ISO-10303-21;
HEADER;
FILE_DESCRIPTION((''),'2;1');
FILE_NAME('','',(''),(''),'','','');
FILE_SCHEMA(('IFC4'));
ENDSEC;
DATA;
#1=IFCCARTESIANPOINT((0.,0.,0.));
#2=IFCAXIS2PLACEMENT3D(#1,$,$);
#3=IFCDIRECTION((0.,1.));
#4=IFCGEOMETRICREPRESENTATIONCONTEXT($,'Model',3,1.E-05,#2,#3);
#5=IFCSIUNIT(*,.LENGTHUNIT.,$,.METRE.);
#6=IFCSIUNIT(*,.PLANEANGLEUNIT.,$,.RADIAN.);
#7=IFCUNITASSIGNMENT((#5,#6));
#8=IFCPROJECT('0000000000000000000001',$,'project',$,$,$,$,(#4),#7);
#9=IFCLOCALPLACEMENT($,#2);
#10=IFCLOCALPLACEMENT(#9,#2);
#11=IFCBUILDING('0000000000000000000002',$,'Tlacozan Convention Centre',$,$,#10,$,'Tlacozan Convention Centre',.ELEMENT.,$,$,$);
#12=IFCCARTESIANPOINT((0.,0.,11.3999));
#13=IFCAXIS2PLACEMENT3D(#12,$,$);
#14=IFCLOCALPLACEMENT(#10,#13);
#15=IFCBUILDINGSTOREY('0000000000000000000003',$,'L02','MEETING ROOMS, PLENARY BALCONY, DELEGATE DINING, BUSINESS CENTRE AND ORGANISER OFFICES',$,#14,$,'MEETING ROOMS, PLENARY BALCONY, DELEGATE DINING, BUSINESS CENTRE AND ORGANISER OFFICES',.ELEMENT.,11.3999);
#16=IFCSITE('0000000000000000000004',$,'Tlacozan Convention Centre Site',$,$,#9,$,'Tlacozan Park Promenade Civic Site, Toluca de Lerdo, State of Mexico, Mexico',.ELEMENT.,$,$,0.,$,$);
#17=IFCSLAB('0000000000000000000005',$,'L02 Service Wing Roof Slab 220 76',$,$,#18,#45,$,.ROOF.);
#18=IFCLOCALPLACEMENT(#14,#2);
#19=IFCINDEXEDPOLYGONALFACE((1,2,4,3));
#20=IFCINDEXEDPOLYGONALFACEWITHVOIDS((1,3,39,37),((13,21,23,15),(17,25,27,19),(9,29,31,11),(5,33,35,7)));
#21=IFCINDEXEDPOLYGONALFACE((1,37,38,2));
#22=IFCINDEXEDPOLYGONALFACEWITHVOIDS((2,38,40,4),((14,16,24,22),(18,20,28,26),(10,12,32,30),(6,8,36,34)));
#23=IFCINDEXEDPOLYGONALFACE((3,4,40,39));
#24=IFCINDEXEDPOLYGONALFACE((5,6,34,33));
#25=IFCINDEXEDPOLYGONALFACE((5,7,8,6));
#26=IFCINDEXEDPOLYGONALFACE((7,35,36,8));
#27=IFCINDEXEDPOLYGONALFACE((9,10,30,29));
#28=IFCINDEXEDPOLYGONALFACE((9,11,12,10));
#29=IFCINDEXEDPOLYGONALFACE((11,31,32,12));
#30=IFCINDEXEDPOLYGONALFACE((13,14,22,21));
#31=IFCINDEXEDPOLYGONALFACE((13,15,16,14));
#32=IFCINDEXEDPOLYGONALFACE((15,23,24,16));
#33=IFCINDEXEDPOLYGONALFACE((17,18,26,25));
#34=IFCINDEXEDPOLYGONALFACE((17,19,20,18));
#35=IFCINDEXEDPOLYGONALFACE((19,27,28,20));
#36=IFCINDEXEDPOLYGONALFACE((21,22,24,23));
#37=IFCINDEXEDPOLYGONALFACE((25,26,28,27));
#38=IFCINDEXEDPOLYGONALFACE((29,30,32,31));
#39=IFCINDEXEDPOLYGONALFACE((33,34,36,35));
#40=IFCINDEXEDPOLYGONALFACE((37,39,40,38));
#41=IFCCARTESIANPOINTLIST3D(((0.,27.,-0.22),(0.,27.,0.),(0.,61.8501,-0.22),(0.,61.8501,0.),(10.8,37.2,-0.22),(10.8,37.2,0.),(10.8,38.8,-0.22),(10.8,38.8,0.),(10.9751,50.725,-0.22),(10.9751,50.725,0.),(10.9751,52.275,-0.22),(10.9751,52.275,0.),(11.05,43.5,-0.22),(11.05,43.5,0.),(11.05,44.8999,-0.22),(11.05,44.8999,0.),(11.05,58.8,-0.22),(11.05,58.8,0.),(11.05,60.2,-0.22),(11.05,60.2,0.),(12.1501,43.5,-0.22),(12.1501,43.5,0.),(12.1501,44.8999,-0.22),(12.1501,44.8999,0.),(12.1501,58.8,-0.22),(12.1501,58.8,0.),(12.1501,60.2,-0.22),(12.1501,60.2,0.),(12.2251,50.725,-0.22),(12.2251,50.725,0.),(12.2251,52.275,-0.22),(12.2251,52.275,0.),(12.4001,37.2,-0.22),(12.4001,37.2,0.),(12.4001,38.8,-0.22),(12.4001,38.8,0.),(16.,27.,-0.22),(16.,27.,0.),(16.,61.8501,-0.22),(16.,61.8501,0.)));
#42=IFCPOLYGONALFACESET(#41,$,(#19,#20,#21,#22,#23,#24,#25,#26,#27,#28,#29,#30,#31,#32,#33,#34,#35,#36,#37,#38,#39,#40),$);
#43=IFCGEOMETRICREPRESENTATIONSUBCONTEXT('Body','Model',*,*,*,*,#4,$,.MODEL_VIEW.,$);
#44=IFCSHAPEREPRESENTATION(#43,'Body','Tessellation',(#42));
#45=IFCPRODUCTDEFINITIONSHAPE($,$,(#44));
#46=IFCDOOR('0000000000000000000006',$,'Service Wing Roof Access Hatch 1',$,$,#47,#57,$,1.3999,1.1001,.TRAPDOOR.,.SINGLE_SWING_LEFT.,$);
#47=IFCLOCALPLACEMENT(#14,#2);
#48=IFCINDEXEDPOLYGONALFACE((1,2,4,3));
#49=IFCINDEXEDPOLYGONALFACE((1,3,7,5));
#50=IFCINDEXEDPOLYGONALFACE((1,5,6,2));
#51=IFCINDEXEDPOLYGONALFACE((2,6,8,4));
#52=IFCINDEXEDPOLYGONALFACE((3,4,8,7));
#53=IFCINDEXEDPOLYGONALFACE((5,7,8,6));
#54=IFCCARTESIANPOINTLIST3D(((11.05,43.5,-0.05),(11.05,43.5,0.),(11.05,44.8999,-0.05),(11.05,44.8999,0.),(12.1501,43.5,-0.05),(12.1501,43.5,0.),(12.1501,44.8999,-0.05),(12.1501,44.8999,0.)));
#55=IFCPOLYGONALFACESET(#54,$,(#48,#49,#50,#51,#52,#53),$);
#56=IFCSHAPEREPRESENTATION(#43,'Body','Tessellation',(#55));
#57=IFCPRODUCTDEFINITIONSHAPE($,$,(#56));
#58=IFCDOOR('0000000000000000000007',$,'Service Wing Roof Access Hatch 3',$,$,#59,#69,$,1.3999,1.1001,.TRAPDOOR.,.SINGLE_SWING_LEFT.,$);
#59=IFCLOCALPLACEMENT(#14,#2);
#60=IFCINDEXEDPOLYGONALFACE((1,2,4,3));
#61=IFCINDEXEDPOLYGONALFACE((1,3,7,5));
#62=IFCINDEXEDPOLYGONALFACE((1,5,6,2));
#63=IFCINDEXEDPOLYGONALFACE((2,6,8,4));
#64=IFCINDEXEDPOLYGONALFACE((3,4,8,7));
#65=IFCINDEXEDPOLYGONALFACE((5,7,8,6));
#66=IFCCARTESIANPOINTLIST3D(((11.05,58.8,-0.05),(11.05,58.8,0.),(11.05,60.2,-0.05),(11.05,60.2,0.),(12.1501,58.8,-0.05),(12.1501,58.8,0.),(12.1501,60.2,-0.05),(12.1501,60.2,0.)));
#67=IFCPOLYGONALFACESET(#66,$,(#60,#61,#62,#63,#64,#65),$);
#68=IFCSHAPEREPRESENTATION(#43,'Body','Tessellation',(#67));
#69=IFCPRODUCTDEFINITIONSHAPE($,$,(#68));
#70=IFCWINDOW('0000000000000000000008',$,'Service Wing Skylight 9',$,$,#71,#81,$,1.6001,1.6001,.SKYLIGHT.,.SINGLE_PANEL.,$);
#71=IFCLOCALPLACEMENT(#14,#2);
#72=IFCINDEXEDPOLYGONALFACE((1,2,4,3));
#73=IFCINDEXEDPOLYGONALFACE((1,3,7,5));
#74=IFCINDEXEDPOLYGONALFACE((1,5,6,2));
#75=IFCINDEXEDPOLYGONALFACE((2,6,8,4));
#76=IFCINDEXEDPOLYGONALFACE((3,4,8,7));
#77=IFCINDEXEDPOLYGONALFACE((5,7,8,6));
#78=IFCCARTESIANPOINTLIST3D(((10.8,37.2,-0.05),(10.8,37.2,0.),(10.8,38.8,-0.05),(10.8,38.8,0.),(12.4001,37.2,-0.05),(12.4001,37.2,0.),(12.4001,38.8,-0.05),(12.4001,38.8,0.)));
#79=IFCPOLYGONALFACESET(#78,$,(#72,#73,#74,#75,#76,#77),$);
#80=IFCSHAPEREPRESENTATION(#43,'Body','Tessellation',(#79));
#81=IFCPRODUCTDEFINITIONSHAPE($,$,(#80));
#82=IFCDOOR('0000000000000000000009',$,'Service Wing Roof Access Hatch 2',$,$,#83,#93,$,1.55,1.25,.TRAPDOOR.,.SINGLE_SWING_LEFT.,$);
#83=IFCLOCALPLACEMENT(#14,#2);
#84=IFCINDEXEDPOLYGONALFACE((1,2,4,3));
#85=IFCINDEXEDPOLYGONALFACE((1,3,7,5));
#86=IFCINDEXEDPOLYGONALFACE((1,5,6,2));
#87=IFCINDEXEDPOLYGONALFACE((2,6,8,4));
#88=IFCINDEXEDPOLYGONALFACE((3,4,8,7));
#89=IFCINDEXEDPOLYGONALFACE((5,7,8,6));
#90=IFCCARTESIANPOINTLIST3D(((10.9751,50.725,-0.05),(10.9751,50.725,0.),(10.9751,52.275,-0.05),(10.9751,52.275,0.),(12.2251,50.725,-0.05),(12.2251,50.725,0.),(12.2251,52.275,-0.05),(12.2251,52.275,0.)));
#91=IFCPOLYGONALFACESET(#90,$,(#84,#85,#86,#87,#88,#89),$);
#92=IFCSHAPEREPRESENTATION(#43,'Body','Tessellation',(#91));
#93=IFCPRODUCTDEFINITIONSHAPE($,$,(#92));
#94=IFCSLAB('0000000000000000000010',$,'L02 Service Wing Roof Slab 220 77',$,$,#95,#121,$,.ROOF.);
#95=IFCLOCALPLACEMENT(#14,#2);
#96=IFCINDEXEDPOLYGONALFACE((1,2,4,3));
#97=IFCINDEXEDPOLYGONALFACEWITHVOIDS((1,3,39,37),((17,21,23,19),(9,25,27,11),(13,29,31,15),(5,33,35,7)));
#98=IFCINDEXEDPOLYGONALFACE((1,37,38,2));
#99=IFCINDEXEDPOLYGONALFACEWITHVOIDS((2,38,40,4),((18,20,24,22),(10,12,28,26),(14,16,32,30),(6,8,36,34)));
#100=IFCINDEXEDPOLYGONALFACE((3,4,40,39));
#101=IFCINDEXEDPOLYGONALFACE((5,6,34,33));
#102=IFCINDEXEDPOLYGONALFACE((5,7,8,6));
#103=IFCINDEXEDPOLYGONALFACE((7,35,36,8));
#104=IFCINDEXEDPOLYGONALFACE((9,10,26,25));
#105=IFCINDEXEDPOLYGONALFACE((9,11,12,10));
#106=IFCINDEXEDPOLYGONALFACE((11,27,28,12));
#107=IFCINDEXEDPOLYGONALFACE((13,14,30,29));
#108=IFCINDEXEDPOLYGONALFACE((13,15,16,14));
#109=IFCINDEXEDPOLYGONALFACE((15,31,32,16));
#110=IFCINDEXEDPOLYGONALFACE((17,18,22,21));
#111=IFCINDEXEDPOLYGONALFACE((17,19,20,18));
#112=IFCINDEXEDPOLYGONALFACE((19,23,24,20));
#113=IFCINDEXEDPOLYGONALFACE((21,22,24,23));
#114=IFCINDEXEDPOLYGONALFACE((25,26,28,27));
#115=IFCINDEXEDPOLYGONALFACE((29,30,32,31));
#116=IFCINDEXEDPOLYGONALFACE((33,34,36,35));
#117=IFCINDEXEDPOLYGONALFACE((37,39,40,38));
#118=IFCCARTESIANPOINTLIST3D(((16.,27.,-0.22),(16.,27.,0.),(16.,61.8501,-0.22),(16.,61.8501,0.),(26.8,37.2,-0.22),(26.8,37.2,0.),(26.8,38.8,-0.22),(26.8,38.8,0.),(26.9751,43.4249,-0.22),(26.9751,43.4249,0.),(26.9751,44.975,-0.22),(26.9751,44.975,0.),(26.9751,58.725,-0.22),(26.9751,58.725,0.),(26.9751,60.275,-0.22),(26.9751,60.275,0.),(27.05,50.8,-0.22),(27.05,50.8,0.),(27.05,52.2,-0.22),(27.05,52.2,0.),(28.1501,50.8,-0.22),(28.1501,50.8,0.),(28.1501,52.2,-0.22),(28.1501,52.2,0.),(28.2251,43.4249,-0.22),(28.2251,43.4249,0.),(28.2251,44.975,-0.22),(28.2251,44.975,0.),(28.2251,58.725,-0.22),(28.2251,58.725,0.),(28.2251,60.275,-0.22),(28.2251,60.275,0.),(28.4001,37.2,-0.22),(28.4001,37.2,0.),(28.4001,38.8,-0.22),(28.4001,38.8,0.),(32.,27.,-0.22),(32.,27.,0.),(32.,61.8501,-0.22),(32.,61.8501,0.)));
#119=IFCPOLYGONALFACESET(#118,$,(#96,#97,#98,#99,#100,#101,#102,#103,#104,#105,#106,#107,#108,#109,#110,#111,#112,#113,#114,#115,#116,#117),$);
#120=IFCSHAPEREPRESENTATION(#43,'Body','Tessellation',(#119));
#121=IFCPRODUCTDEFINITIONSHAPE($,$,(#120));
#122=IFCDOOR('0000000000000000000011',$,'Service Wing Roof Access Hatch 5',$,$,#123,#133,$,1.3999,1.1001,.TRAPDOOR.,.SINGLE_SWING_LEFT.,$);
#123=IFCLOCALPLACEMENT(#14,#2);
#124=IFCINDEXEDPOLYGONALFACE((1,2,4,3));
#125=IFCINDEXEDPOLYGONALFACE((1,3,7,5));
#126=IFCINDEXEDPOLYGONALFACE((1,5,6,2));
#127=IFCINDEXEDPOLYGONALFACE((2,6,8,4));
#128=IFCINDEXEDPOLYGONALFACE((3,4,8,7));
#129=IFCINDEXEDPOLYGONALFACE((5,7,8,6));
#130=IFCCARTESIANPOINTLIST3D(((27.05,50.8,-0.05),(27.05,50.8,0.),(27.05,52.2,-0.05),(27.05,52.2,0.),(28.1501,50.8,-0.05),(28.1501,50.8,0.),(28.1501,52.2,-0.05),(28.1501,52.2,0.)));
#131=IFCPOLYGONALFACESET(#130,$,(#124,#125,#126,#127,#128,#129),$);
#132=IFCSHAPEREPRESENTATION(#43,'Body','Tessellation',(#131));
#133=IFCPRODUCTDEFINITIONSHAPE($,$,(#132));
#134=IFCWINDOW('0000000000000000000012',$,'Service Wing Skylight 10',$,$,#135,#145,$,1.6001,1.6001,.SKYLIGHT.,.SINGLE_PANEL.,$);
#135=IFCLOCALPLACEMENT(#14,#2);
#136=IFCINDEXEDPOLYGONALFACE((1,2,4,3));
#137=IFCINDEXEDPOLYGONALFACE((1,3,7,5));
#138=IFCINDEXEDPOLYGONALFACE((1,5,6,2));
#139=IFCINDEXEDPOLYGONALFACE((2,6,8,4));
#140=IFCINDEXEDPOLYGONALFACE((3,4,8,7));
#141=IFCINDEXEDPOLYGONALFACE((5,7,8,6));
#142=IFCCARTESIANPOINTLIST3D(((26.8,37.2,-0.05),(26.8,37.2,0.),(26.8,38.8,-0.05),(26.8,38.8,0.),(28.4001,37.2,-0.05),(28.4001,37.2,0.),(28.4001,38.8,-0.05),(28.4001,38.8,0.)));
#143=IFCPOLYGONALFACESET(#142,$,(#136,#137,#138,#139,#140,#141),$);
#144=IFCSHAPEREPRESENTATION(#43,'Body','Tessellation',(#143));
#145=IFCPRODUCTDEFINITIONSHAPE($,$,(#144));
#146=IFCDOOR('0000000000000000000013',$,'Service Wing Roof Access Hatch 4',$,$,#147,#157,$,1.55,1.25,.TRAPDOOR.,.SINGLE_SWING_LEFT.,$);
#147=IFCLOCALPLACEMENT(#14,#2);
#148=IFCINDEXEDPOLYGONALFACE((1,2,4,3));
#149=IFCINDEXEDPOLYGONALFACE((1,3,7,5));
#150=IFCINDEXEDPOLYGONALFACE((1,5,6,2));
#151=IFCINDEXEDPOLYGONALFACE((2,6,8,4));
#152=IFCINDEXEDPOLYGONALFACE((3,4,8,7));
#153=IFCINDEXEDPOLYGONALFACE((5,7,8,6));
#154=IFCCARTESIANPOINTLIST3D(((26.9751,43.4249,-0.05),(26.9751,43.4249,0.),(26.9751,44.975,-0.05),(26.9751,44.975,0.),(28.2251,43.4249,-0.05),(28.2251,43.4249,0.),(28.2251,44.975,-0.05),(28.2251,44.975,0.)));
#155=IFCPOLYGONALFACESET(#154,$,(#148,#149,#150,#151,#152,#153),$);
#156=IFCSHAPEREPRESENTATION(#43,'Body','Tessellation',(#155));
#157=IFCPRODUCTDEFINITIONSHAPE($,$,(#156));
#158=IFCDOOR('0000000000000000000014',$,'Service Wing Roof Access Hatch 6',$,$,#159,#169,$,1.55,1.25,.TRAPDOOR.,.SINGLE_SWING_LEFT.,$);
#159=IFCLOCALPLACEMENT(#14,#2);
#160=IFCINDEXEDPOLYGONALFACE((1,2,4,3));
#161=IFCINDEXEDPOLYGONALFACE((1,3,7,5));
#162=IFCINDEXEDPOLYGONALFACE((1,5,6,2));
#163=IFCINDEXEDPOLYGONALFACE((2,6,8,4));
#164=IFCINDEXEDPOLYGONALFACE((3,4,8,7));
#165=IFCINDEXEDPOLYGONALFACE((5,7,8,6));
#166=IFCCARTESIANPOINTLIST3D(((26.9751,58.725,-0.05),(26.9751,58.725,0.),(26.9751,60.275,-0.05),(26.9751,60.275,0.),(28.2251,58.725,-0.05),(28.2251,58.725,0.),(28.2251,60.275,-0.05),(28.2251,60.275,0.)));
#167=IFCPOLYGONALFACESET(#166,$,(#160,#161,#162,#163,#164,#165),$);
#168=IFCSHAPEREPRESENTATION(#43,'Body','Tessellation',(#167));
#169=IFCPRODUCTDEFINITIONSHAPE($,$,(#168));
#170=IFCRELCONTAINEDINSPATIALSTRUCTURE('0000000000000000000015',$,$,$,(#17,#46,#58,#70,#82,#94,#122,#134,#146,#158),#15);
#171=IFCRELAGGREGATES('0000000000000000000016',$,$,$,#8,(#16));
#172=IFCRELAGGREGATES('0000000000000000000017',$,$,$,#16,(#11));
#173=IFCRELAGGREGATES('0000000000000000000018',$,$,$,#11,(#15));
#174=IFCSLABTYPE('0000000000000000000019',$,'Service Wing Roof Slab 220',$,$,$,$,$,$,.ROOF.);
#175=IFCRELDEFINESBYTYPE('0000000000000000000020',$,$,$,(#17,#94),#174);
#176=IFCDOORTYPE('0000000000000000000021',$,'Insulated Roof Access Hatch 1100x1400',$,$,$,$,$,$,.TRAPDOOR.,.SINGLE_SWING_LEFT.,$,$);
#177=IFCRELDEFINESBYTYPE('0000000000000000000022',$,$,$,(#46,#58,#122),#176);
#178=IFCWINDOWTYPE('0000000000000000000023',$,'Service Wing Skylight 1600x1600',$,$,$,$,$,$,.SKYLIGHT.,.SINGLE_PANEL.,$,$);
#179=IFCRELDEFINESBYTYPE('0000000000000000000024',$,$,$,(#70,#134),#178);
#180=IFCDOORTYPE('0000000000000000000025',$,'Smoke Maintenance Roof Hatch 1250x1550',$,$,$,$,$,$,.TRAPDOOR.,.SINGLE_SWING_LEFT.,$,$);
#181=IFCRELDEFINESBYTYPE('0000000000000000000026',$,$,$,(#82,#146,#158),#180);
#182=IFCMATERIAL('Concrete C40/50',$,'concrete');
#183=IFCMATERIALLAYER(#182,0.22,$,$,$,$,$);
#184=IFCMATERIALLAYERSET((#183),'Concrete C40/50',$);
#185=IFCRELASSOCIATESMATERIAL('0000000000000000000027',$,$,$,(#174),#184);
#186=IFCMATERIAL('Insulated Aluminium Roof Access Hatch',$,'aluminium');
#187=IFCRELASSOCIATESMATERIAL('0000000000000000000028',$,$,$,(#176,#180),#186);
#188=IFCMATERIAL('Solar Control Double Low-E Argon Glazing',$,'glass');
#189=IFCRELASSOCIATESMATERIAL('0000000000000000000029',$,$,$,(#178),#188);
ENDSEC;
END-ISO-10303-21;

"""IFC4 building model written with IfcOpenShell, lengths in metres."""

from ifc_helpers import new_model, si_unit, direction, frame, origin, origin_2d, place, context, subcontext, project, spatial, polyline, rectangle, outline, extrude, material, layer, layer_set, type_object, element, fill, save


model = new_model("IFC4")

# Units and contexts
model_context = context("Model", 3, precision=1e-05, world=origin(), true_north=direction((0.0, 1.0)))
body_context = subcontext(model_context, "Body", "Model", "MODEL_VIEW")
ifc_project = project(units=[si_unit("LENGTHUNIT", "METRE"), si_unit("PLANEANGLEUNIT", "RADIAN")], contexts=[model_context])

# Site, building, storey
site_placement = place(None, origin())
site = spatial("IfcSite", under=ifc_project, at=site_placement, Name="Tlacozan Convention Centre Site", LongName="Tlacozan Park Promenade Civic Site, Toluca de Lerdo, State of Mexico, Mexico", CompositionType="ELEMENT", RefElevation=0.0)
building_placement = place(site_placement, origin())
building = spatial("IfcBuilding", under=site, at=building_placement, Name="Tlacozan Convention Centre", LongName="Tlacozan Convention Centre", CompositionType="ELEMENT")
storey_placement = place(building_placement, frame((0.0, 0.0, 11.3999)))
storey = spatial("IfcBuildingStorey", under=building, at=storey_placement, Name="L02", Description="MEETING ROOMS, PLENARY BALCONY, DELEGATE DINING, BUSINESS CENTRE AND ORGANISER OFFICES", LongName="MEETING ROOMS, PLENARY BALCONY, DELEGATE DINING, BUSINESS CENTRE AND ORGANISER OFFICES", CompositionType="ELEMENT", Elevation=11.3999)

# Slabs, openings, doors, windows
ifc_material_1 = material(Name="Concrete C40/50", Category="concrete")
ifc_layer_1 = layer(ifc_material_1, 0.22)
ifc_layer_set_1 = layer_set([ifc_layer_1], Name="Concrete C40/50")
slab_type_1 = type_object("IfcSlabType", Name="Service Wing Roof Slab 220", PredefinedType="ROOF", material=ifc_layer_set_1)
slab_1_placement = place(storey_placement, frame((0.0, 0.0, -0.22)))
slab_1 = element("IfcSlab", 1, at=slab_1_placement, inside=storey, type_object=slab_type_1, Name="L02 Service Wing Roof Slab 220 76", PredefinedType="ROOF", context=body_context, shape_type="SweptSolid", body=[
    extrude(outline(polyline([(0.0, 27.0), (0.0, 61.8501), (16.0, 61.8501), (16.0, 27.0), (0.0, 27.0)])), origin(), (0.0, 0.0, 1.0), 0.22),
])
opening_1_placement = place(slab_1_placement, frame((11.6001, 44.2, 0.0)))
opening_1 = element("IfcOpeningElement", 2, at=opening_1_placement, cuts=slab_1, PredefinedType="OPENING", context=body_context, shape_type="SweptSolid", body=[
    extrude(rectangle(XDim=1.1001, YDim=1.3999, at=origin_2d()), frame((0.0, 0.0, -0.01)), (0.0, 0.0, 1.0), 0.24),
])
opening_2_placement = place(slab_1_placement, frame((11.6001, 51.5, 0.0)))
opening_2 = element("IfcOpeningElement", 3, at=opening_2_placement, cuts=slab_1, PredefinedType="OPENING", context=body_context, shape_type="SweptSolid", body=[
    extrude(rectangle(XDim=1.25, YDim=1.55, at=origin_2d()), frame((0.0, 0.0, -0.01)), (0.0, 0.0, 1.0), 0.24),
])
opening_3_placement = place(slab_1_placement, frame((11.6001, 59.5, 0.0)))
opening_3 = element("IfcOpeningElement", 4, at=opening_3_placement, cuts=slab_1, PredefinedType="OPENING", context=body_context, shape_type="SweptSolid", body=[
    extrude(rectangle(XDim=1.1001, YDim=1.3999, at=origin_2d()), frame((0.0, 0.0, -0.01)), (0.0, 0.0, 1.0), 0.24),
])
opening_4_placement = place(slab_1_placement, frame((11.6001, 38.0, 0.0)))
opening_4 = element("IfcOpeningElement", 5, at=opening_4_placement, cuts=slab_1, PredefinedType="OPENING", context=body_context, shape_type="SweptSolid", body=[
    extrude(rectangle(XDim=1.6001, YDim=1.6001, at=origin_2d()), frame((0.0, 0.0, -0.01)), (0.0, 0.0, 1.0), 0.24),
])
ifc_material_2 = material(Name="Insulated Aluminium Roof Access Hatch", Category="aluminium")
door_type_1 = type_object("IfcDoorType", Name="Insulated Roof Access Hatch 1100x1400", OperationType="SINGLE_SWING_LEFT", PredefinedType="TRAPDOOR", material=ifc_material_2)
door_1_placement = place(opening_1_placement, frame((0.0, 0.0, 0.1699)))
door_1 = element("IfcDoor", 6, at=door_1_placement, inside=storey, type_object=door_type_1, Name="Service Wing Roof Access Hatch 1", OperationType="SINGLE_SWING_LEFT", OverallHeight=1.3999, OverallWidth=1.1001, PredefinedType="TRAPDOOR", context=body_context, shape_type="SweptSolid", body=[
    extrude(rectangle(XDim=1.1001, YDim=1.3999, at=origin_2d()), origin(), (0.0, 0.0, 1.0), 0.05),
])
fill(opening_1, door_1)
door_2_placement = place(opening_3_placement, frame((0.0, 0.0, 0.1699)))
door_2 = element("IfcDoor", 7, at=door_2_placement, inside=storey, type_object=door_type_1, Name="Service Wing Roof Access Hatch 3", OperationType="SINGLE_SWING_LEFT", OverallHeight=1.3999, OverallWidth=1.1001, PredefinedType="TRAPDOOR", context=body_context, shape_type="SweptSolid", body=[
    extrude(rectangle(XDim=1.1001, YDim=1.3999, at=origin_2d()), origin(), (0.0, 0.0, 1.0), 0.05),
])
fill(opening_3, door_2)
ifc_material_3 = material(Name="Solar Control Double Low-E Argon Glazing", Category="glass")
window_type = type_object("IfcWindowType", Name="Service Wing Skylight 1600x1600", PartitioningType="SINGLE_PANEL", PredefinedType="SKYLIGHT", material=ifc_material_3)
window_1_placement = place(opening_4_placement, frame((0.0, 0.0, 0.1699)))
window_1 = element("IfcWindow", 8, at=window_1_placement, inside=storey, type_object=window_type, Name="Service Wing Skylight 9", OverallHeight=1.6001, OverallWidth=1.6001, PartitioningType="SINGLE_PANEL", PredefinedType="SKYLIGHT", context=body_context, shape_type="SweptSolid", body=[
    extrude(rectangle(XDim=1.6001, YDim=1.6001, at=origin_2d()), origin(), (0.0, 0.0, 1.0), 0.05),
])
fill(opening_4, window_1)
door_type_2 = type_object("IfcDoorType", Name="Smoke Maintenance Roof Hatch 1250x1550", OperationType="SINGLE_SWING_LEFT", PredefinedType="TRAPDOOR", material=ifc_material_2)
door_3_placement = place(opening_2_placement, frame((0.0, 0.0, 0.1699)))
door_3 = element("IfcDoor", 9, at=door_3_placement, inside=storey, type_object=door_type_2, Name="Service Wing Roof Access Hatch 2", OperationType="SINGLE_SWING_LEFT", OverallHeight=1.55, OverallWidth=1.25, PredefinedType="TRAPDOOR", context=body_context, shape_type="SweptSolid", body=[
    extrude(rectangle(XDim=1.25, YDim=1.55, at=origin_2d()), origin(), (0.0, 0.0, 1.0), 0.05),
])
fill(opening_2, door_3)
slab_2_placement = place(storey_placement, frame((0.0, 0.0, -0.22)))
slab_2 = element("IfcSlab", 10, at=slab_2_placement, inside=storey, type_object=slab_type_1, Name="L02 Service Wing Roof Slab 220 77", PredefinedType="ROOF", context=body_context, shape_type="SweptSolid", body=[
    extrude(outline(polyline([(16.0, 27.0), (16.0, 61.8501), (32.0, 61.8501), (32.0, 27.0), (16.0, 27.0)])), origin(), (0.0, 0.0, 1.0), 0.22),
])
opening_5_placement = place(slab_2_placement, frame((27.6001, 44.2, 0.0)))
opening_5 = element("IfcOpeningElement", 11, at=opening_5_placement, cuts=slab_2, PredefinedType="OPENING", context=body_context, shape_type="SweptSolid", body=[
    extrude(rectangle(XDim=1.25, YDim=1.55, at=origin_2d()), frame((0.0, 0.0, -0.01)), (0.0, 0.0, 1.0), 0.24),
])
opening_6_placement = place(slab_2_placement, frame((27.6001, 51.5, 0.0)))
opening_6 = element("IfcOpeningElement", 12, at=opening_6_placement, cuts=slab_2, PredefinedType="OPENING", context=body_context, shape_type="SweptSolid", body=[
    extrude(rectangle(XDim=1.1001, YDim=1.3999, at=origin_2d()), frame((0.0, 0.0, -0.01)), (0.0, 0.0, 1.0), 0.24),
])
opening_7_placement = place(slab_2_placement, frame((27.6001, 59.5, 0.0)))
opening_7 = element("IfcOpeningElement", 13, at=opening_7_placement, cuts=slab_2, PredefinedType="OPENING", context=body_context, shape_type="SweptSolid", body=[
    extrude(rectangle(XDim=1.25, YDim=1.55, at=origin_2d()), frame((0.0, 0.0, -0.01)), (0.0, 0.0, 1.0), 0.24),
])
opening_8_placement = place(slab_2_placement, frame((27.6001, 38.0, 0.0)))
opening_8 = element("IfcOpeningElement", 14, at=opening_8_placement, cuts=slab_2, PredefinedType="OPENING", context=body_context, shape_type="SweptSolid", body=[
    extrude(rectangle(XDim=1.6001, YDim=1.6001, at=origin_2d()), frame((0.0, 0.0, -0.01)), (0.0, 0.0, 1.0), 0.24),
])
door_4_placement = place(opening_6_placement, frame((0.0, 0.0, 0.1699)))
door_4 = element("IfcDoor", 15, at=door_4_placement, inside=storey, type_object=door_type_1, Name="Service Wing Roof Access Hatch 5", OperationType="SINGLE_SWING_LEFT", OverallHeight=1.3999, OverallWidth=1.1001, PredefinedType="TRAPDOOR", context=body_context, shape_type="SweptSolid", body=[
    extrude(rectangle(XDim=1.1001, YDim=1.3999, at=origin_2d()), origin(), (0.0, 0.0, 1.0), 0.05),
])
fill(opening_6, door_4)
window_2_placement = place(opening_8_placement, frame((0.0, 0.0, 0.1699)))
window_2 = element("IfcWindow", 16, at=window_2_placement, inside=storey, type_object=window_type, Name="Service Wing Skylight 10", OverallHeight=1.6001, OverallWidth=1.6001, PartitioningType="SINGLE_PANEL", PredefinedType="SKYLIGHT", context=body_context, shape_type="SweptSolid", body=[
    extrude(rectangle(XDim=1.6001, YDim=1.6001, at=origin_2d()), origin(), (0.0, 0.0, 1.0), 0.05),
])
fill(opening_8, window_2)
door_5_placement = place(opening_5_placement, frame((0.0, 0.0, 0.1699)))
door_5 = element("IfcDoor", 17, at=door_5_placement, inside=storey, type_object=door_type_2, Name="Service Wing Roof Access Hatch 4", OperationType="SINGLE_SWING_LEFT", OverallHeight=1.55, OverallWidth=1.25, PredefinedType="TRAPDOOR", context=body_context, shape_type="SweptSolid", body=[
    extrude(rectangle(XDim=1.25, YDim=1.55, at=origin_2d()), origin(), (0.0, 0.0, 1.0), 0.05),
])
fill(opening_5, door_5)
door_6_placement = place(opening_7_placement, frame((0.0, 0.0, 0.1699)))
door_6 = element("IfcDoor", 18, at=door_6_placement, inside=storey, type_object=door_type_2, Name="Service Wing Roof Access Hatch 6", OperationType="SINGLE_SWING_LEFT", OverallHeight=1.55, OverallWidth=1.25, PredefinedType="TRAPDOOR", context=body_context, shape_type="SweptSolid", body=[
    extrude(rectangle(XDim=1.25, YDim=1.55, at=origin_2d()), origin(), (0.0, 0.0, 1.0), 0.05),
])
fill(opening_7, door_6)

save(model, "model.ifc")
